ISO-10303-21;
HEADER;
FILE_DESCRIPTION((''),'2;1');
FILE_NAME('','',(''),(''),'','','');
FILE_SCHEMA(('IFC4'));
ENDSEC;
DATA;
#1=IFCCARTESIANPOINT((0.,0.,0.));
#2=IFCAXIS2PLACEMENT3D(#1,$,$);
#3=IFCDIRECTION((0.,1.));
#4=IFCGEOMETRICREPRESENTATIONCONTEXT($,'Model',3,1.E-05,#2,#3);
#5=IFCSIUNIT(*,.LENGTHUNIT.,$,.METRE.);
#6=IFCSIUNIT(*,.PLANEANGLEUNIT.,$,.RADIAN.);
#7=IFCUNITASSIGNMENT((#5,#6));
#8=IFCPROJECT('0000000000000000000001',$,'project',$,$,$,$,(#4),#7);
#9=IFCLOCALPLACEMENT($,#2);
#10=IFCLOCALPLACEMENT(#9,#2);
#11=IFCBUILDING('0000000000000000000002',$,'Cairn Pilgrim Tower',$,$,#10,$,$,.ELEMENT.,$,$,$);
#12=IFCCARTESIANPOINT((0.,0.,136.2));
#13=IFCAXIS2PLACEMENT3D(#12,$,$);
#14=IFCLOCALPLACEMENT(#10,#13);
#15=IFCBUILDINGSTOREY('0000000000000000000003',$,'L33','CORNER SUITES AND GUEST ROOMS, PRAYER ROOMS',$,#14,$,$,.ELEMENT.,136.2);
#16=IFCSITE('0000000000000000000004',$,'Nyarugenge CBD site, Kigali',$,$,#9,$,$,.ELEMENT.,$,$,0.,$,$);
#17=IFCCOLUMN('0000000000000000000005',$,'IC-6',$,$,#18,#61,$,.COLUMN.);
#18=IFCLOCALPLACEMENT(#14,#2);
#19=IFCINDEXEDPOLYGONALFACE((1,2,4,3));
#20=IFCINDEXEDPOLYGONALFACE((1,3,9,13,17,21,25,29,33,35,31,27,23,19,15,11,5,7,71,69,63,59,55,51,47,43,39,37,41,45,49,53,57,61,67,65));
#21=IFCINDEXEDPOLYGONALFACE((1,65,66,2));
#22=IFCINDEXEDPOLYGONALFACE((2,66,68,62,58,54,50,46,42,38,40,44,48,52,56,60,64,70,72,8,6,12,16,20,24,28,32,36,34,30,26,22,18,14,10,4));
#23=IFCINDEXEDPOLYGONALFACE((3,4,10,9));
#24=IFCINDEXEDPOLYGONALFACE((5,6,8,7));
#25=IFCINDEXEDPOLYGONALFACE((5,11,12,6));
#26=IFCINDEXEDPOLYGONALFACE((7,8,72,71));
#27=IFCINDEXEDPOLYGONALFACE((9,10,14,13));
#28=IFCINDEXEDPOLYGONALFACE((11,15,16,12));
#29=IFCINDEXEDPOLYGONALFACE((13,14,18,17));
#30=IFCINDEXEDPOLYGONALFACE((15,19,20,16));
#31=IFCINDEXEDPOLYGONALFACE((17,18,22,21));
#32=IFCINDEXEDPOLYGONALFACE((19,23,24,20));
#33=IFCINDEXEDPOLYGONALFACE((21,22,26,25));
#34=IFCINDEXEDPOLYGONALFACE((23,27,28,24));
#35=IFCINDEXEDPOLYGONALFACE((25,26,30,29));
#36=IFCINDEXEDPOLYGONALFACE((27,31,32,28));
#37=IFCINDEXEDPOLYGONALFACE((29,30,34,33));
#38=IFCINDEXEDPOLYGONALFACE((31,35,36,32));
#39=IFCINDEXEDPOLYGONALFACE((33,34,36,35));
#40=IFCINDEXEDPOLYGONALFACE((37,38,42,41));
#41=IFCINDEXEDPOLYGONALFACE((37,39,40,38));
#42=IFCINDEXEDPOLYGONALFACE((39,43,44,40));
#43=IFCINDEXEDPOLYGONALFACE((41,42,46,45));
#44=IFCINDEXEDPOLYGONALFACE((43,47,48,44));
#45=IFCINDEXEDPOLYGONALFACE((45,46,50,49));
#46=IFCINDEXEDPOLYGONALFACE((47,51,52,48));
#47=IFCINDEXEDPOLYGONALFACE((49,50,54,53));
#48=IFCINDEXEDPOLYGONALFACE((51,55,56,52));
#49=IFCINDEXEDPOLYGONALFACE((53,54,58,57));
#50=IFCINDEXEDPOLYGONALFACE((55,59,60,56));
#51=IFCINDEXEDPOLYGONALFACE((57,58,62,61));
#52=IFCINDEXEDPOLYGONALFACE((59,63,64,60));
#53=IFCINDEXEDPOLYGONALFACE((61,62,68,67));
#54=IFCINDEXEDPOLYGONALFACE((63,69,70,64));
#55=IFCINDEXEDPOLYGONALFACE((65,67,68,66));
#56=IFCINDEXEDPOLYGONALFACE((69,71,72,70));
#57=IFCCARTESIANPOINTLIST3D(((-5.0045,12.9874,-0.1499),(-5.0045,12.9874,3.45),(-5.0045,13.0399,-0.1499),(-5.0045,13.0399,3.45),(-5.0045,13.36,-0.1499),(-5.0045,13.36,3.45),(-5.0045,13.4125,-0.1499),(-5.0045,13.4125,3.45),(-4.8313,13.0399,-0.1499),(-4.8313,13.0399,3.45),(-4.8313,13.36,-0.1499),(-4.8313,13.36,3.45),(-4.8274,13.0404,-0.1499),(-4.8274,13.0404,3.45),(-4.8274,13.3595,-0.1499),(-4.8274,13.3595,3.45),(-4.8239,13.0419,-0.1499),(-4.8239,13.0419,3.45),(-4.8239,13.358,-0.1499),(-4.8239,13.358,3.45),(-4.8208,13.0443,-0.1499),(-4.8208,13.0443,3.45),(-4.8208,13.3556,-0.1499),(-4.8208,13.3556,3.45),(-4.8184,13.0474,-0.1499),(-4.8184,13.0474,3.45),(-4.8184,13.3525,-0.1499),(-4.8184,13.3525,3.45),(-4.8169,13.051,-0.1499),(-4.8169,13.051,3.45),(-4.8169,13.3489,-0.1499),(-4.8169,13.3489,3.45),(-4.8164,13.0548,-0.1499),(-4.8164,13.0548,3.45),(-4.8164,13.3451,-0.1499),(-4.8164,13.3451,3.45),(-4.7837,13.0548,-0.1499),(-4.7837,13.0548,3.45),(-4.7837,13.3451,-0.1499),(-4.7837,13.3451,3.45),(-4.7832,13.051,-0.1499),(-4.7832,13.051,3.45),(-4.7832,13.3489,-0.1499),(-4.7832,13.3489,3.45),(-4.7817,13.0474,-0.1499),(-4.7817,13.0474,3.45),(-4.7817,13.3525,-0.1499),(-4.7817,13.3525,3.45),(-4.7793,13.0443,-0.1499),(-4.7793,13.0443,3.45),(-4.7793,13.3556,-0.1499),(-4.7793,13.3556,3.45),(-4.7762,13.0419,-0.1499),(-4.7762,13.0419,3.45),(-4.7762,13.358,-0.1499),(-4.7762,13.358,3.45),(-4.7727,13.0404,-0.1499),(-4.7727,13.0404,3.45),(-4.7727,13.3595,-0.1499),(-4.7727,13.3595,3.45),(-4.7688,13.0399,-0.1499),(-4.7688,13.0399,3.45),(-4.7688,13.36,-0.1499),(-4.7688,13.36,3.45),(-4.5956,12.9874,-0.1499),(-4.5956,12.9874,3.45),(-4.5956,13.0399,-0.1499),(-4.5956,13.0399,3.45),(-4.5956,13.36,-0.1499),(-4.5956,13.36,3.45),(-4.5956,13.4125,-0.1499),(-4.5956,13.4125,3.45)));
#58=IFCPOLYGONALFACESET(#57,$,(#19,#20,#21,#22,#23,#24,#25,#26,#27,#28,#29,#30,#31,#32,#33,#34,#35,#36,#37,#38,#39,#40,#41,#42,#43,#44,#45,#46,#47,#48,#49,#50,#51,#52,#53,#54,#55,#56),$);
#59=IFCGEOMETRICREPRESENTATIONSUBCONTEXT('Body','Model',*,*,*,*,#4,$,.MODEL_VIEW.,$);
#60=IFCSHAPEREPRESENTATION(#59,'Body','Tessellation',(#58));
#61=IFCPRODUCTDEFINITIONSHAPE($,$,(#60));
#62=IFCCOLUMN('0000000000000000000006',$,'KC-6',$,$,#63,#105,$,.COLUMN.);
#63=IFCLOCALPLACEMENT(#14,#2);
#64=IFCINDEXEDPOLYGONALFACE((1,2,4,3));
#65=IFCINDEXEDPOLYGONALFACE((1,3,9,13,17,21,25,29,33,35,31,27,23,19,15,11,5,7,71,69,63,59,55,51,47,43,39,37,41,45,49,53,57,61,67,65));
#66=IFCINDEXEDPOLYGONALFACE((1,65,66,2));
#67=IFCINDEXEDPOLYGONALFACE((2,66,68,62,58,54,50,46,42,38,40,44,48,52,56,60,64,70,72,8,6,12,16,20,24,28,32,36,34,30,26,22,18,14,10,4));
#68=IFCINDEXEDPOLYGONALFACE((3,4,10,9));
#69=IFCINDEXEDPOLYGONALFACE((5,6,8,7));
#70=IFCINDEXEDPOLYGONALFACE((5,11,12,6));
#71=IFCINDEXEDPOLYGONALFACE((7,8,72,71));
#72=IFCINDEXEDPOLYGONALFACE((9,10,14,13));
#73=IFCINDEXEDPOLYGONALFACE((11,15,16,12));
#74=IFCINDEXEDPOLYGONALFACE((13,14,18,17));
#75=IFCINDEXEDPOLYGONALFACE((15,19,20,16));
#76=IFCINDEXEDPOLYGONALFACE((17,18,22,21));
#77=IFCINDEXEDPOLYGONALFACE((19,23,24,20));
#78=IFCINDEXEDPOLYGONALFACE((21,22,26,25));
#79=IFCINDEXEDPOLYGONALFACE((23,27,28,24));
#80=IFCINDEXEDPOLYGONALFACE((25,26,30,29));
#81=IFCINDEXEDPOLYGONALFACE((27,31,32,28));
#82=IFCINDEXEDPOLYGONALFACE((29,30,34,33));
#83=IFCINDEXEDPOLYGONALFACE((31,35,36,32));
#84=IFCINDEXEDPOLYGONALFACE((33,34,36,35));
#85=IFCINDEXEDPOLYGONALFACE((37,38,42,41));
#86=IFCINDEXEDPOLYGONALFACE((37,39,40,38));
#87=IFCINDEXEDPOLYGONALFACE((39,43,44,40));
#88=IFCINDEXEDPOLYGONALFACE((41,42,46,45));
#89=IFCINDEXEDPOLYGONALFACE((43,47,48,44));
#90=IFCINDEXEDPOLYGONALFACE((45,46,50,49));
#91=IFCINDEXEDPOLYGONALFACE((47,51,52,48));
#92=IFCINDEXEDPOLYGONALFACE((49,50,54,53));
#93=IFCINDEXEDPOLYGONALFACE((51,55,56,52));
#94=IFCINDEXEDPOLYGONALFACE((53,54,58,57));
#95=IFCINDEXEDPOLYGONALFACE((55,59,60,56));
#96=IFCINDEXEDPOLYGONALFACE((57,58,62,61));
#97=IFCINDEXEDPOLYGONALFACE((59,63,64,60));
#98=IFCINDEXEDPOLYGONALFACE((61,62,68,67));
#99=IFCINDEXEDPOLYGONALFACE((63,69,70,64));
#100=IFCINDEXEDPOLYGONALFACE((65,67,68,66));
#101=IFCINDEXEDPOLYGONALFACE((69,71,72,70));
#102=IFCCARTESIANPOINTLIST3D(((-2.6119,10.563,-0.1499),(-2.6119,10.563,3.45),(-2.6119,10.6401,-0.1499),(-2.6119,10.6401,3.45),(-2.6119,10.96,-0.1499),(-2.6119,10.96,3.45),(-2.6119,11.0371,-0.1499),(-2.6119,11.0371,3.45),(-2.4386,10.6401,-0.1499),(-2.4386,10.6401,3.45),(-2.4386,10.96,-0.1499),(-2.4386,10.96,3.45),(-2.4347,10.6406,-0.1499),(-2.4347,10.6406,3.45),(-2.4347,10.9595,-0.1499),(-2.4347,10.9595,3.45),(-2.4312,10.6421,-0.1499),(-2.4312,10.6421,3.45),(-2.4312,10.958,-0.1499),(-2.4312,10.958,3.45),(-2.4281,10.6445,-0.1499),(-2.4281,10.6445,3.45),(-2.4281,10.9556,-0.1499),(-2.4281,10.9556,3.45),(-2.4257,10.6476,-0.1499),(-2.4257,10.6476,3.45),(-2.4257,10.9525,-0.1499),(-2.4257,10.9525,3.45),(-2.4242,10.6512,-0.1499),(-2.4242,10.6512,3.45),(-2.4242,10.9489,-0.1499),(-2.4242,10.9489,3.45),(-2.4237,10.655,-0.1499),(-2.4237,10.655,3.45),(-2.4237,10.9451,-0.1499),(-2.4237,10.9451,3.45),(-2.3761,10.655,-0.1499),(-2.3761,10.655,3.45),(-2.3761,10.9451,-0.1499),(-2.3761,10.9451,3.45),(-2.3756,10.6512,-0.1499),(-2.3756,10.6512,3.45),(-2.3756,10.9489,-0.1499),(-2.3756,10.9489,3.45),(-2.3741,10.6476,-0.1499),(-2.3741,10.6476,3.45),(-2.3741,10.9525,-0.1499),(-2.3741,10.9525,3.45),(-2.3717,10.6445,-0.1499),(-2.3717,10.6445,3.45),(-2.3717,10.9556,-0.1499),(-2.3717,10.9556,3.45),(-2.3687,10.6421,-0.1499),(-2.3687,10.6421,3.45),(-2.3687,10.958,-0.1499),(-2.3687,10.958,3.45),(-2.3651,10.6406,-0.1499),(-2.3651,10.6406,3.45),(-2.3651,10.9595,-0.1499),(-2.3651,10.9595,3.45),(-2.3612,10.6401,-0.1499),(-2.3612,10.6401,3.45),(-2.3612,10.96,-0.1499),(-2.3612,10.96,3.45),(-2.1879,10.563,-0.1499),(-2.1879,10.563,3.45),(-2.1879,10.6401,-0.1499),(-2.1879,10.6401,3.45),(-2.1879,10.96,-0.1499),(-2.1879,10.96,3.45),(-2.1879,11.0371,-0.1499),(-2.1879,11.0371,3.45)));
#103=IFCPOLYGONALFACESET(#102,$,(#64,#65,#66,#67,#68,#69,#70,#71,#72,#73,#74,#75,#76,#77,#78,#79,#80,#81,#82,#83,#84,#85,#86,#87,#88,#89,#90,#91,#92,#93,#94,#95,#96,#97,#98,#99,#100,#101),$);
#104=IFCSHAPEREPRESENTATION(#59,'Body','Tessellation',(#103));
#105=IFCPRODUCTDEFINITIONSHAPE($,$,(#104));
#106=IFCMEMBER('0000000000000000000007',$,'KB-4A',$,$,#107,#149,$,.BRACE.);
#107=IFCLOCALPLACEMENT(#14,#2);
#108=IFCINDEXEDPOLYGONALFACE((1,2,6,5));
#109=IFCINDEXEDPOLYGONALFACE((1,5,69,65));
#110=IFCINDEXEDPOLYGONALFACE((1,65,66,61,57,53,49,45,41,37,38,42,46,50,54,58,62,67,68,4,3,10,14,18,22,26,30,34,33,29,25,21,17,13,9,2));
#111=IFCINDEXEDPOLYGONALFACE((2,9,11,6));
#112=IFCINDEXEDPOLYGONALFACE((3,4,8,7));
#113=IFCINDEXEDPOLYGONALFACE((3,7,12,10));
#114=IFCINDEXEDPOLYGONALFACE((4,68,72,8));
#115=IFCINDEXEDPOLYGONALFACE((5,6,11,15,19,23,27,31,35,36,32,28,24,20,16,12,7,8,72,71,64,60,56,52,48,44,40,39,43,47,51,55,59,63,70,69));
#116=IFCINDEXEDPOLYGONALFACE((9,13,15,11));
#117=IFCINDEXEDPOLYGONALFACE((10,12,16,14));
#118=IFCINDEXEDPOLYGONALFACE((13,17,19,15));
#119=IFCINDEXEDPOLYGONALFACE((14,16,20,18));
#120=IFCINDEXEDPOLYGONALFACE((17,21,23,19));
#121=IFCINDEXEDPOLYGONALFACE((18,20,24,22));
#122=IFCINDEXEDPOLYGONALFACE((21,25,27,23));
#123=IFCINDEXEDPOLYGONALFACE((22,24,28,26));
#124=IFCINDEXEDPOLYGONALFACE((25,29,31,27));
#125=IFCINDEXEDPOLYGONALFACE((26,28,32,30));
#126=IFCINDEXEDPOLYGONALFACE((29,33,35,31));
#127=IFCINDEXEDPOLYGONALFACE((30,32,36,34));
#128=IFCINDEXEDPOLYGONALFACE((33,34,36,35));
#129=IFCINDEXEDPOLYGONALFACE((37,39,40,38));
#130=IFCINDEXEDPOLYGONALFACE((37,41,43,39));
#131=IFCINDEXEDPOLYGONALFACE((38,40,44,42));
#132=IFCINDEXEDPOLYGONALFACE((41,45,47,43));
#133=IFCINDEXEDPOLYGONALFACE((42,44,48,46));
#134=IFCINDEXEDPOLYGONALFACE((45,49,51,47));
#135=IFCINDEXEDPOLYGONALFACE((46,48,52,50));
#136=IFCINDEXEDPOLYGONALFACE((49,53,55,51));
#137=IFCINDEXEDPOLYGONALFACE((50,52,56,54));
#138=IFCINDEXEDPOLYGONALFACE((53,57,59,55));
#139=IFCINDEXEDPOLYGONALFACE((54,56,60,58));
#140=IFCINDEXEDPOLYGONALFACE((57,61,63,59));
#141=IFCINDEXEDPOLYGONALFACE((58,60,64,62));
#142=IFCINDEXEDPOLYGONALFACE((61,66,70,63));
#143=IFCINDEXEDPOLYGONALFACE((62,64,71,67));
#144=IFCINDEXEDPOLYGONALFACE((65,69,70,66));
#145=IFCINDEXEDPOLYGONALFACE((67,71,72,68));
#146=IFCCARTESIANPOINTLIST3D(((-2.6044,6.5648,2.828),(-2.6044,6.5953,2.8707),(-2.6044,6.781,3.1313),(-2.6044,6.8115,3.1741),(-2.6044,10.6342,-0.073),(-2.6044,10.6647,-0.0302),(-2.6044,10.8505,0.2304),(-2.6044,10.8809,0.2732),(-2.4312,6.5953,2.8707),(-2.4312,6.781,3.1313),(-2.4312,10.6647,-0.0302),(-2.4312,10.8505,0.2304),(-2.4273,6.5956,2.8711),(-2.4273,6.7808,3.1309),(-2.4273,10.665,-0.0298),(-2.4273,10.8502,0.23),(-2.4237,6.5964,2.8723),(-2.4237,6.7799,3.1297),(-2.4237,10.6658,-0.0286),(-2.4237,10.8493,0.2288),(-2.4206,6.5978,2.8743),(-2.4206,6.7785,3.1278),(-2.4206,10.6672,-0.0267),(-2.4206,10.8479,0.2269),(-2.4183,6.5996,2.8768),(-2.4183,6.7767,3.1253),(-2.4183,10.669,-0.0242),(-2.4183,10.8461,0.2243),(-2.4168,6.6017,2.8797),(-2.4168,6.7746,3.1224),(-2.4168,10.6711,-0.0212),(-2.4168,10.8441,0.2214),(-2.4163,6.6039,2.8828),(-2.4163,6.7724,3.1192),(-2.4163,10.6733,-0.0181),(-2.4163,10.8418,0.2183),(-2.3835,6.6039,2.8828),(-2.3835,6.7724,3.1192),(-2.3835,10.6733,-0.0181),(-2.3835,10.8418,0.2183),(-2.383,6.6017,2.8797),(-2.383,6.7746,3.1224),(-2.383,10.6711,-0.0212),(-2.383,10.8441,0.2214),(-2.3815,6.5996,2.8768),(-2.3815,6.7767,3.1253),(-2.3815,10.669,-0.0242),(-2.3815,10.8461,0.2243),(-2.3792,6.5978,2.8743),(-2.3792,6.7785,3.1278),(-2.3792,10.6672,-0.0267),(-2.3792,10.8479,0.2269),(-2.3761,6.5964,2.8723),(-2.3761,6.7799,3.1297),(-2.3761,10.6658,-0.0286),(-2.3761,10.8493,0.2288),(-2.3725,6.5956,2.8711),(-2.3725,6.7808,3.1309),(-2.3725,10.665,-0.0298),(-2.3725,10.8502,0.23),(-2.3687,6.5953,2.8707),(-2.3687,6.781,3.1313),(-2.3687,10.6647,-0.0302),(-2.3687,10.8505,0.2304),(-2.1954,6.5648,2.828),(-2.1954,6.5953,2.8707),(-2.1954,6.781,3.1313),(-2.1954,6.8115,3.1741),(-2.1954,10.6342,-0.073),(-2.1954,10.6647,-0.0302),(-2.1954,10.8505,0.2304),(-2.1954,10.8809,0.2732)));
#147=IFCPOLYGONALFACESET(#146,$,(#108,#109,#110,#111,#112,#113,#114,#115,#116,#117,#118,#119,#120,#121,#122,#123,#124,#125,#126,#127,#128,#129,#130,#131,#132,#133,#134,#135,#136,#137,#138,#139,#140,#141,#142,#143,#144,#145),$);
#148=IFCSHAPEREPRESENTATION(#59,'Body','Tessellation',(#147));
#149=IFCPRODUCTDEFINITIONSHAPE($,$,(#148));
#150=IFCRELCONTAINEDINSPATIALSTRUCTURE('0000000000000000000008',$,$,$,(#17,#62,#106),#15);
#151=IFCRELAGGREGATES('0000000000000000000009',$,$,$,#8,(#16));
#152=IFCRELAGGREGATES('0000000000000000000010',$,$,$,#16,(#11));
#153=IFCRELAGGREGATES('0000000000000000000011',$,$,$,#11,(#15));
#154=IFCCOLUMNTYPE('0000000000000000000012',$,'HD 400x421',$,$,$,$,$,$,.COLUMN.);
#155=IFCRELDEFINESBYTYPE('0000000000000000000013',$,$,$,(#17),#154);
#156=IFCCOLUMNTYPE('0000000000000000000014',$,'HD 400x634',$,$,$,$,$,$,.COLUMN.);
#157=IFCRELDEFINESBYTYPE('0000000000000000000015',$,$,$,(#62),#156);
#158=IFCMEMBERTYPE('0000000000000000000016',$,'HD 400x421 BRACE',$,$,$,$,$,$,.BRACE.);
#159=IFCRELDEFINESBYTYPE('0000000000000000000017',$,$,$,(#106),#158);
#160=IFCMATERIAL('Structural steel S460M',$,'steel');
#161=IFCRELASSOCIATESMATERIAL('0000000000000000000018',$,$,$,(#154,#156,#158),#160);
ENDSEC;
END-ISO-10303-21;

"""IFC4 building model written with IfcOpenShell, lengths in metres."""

from ifc_helpers import new_model, si_unit, direction, frame, origin, origin_2d, place, context, subcontext, project, spatial, i_section, extrude, material, material_profile, profile_set, type_object, element, save


model = new_model("IFC4")

# Units and contexts
model_context = context("Model", 3, precision=1e-05, world=origin(), true_north=direction((0.0, 1.0)))
body_context = subcontext(model_context, "Body", "Model", "MODEL_VIEW")
ifc_project = project(units=[si_unit("LENGTHUNIT", "METRE"), si_unit("PLANEANGLEUNIT", "RADIAN")], contexts=[model_context])

# Site, building, storey
site_placement = place(None, origin())
site = spatial("IfcSite", under=ifc_project, at=site_placement, Name="Nyarugenge CBD site, Kigali", CompositionType="ELEMENT", RefElevation=0.0)
building_placement = place(site_placement, origin())
building = spatial("IfcBuilding", under=site, at=building_placement, Name="Cairn Pilgrim Tower", CompositionType="ELEMENT")
storey_placement = place(building_placement, frame((0.0, 0.0, 136.2)))
storey = spatial("IfcBuildingStorey", under=building, at=storey_placement, Name="L33", Description="CORNER SUITES AND GUEST ROOMS, PRAYER ROOMS", CompositionType="ELEMENT", Elevation=136.2)

# Columns
ifc_material_1 = material(Name="Structural steel S460M", Category="steel")
ifc_material_profile_1 = material_profile(ifc_material_1, i_section(OverallWidth=0.4089, OverallDepth=0.425, WebThickness=0.0327, FlangeThickness=0.0525, FilletRadius=0.0149, at=origin_2d()), Name="HD 400x421")
ifc_profile_set_1 = profile_set([ifc_material_profile_1], Name="Structural steel S460M")
column_type_1 = type_object("IfcColumnType", Name="HD 400x421", PredefinedType="COLUMN", material=ifc_profile_set_1)
column_1_placement = place(storey_placement, frame((-4.8, 13.2, -0.1499), z_axis=(0.0, 0.0, 1.0), x_axis=(1.0, 0.0, 0.0)))
element("IfcColumn", 1, at=column_1_placement, inside=storey, type_object=column_type_1, Name="IC-6", PredefinedType="COLUMN", context=body_context, shape_type="SweptSolid", body=[
    extrude(i_section(OverallWidth=0.4089, OverallDepth=0.425, WebThickness=0.0327, FlangeThickness=0.0525, FilletRadius=0.0149, at=origin_2d()), origin(), (0.0, 0.0, 1.0), 3.5999),
])
ifc_material_profile_2 = material_profile(ifc_material_1, i_section(OverallWidth=0.4241, OverallDepth=0.4741, WebThickness=0.0476, FlangeThickness=0.0771, FilletRadius=0.0149, at=origin_2d()), Name="HD 400x634")
ifc_profile_set_2 = profile_set([ifc_material_profile_2], Name="Structural steel S460M")
column_type_2 = type_object("IfcColumnType", Name="HD 400x634", PredefinedType="COLUMN", material=ifc_profile_set_2)
column_2_placement = place(storey_placement, frame((-2.3999, 10.8, -0.1499), z_axis=(0.0, 0.0, 1.0), x_axis=(1.0, 0.0, 0.0)))
element("IfcColumn", 2, at=column_2_placement, inside=storey, type_object=column_type_2, Name="KC-6", PredefinedType="COLUMN", context=body_context, shape_type="SweptSolid", body=[
    extrude(i_section(OverallWidth=0.4241, OverallDepth=0.4741, WebThickness=0.0476, FlangeThickness=0.0771, FilletRadius=0.0149, at=origin_2d()), origin(), (0.0, 0.0, 1.0), 3.5999),
])

# Member
ifc_material_profile_3 = material_profile(ifc_material_1, i_section(OverallWidth=0.4089, OverallDepth=0.425, WebThickness=0.0327, FlangeThickness=0.0525, FilletRadius=0.0149, at=origin_2d()), Name="HD 400x421")
ifc_profile_set_3 = profile_set([ifc_material_profile_3], Name="Structural steel S460M")
member_type = type_object("IfcMemberType", Name="HD 400x421 BRACE", PredefinedType="BRACE", material=ifc_profile_set_3)
member_placement = place(storey_placement, frame((-2.3999, 10.7576, 0.1001), z_axis=(0.0, -0.814281, 0.580471), x_axis=(1.0, 0.0, 0.0)))
element("IfcMember", 3, at=member_placement, inside=storey, type_object=member_type, Name="KB-4A", PredefinedType="BRACE", context=body_context, shape_type="SweptSolid", body=[
    extrude(i_section(OverallWidth=0.4089, OverallDepth=0.425, WebThickness=0.0327, FlangeThickness=0.0525, FilletRadius=0.0149, at=origin_2d()), origin(), (0.0, 0.0, 1.0), 4.9976),
])

save(model, "model.ifc")
